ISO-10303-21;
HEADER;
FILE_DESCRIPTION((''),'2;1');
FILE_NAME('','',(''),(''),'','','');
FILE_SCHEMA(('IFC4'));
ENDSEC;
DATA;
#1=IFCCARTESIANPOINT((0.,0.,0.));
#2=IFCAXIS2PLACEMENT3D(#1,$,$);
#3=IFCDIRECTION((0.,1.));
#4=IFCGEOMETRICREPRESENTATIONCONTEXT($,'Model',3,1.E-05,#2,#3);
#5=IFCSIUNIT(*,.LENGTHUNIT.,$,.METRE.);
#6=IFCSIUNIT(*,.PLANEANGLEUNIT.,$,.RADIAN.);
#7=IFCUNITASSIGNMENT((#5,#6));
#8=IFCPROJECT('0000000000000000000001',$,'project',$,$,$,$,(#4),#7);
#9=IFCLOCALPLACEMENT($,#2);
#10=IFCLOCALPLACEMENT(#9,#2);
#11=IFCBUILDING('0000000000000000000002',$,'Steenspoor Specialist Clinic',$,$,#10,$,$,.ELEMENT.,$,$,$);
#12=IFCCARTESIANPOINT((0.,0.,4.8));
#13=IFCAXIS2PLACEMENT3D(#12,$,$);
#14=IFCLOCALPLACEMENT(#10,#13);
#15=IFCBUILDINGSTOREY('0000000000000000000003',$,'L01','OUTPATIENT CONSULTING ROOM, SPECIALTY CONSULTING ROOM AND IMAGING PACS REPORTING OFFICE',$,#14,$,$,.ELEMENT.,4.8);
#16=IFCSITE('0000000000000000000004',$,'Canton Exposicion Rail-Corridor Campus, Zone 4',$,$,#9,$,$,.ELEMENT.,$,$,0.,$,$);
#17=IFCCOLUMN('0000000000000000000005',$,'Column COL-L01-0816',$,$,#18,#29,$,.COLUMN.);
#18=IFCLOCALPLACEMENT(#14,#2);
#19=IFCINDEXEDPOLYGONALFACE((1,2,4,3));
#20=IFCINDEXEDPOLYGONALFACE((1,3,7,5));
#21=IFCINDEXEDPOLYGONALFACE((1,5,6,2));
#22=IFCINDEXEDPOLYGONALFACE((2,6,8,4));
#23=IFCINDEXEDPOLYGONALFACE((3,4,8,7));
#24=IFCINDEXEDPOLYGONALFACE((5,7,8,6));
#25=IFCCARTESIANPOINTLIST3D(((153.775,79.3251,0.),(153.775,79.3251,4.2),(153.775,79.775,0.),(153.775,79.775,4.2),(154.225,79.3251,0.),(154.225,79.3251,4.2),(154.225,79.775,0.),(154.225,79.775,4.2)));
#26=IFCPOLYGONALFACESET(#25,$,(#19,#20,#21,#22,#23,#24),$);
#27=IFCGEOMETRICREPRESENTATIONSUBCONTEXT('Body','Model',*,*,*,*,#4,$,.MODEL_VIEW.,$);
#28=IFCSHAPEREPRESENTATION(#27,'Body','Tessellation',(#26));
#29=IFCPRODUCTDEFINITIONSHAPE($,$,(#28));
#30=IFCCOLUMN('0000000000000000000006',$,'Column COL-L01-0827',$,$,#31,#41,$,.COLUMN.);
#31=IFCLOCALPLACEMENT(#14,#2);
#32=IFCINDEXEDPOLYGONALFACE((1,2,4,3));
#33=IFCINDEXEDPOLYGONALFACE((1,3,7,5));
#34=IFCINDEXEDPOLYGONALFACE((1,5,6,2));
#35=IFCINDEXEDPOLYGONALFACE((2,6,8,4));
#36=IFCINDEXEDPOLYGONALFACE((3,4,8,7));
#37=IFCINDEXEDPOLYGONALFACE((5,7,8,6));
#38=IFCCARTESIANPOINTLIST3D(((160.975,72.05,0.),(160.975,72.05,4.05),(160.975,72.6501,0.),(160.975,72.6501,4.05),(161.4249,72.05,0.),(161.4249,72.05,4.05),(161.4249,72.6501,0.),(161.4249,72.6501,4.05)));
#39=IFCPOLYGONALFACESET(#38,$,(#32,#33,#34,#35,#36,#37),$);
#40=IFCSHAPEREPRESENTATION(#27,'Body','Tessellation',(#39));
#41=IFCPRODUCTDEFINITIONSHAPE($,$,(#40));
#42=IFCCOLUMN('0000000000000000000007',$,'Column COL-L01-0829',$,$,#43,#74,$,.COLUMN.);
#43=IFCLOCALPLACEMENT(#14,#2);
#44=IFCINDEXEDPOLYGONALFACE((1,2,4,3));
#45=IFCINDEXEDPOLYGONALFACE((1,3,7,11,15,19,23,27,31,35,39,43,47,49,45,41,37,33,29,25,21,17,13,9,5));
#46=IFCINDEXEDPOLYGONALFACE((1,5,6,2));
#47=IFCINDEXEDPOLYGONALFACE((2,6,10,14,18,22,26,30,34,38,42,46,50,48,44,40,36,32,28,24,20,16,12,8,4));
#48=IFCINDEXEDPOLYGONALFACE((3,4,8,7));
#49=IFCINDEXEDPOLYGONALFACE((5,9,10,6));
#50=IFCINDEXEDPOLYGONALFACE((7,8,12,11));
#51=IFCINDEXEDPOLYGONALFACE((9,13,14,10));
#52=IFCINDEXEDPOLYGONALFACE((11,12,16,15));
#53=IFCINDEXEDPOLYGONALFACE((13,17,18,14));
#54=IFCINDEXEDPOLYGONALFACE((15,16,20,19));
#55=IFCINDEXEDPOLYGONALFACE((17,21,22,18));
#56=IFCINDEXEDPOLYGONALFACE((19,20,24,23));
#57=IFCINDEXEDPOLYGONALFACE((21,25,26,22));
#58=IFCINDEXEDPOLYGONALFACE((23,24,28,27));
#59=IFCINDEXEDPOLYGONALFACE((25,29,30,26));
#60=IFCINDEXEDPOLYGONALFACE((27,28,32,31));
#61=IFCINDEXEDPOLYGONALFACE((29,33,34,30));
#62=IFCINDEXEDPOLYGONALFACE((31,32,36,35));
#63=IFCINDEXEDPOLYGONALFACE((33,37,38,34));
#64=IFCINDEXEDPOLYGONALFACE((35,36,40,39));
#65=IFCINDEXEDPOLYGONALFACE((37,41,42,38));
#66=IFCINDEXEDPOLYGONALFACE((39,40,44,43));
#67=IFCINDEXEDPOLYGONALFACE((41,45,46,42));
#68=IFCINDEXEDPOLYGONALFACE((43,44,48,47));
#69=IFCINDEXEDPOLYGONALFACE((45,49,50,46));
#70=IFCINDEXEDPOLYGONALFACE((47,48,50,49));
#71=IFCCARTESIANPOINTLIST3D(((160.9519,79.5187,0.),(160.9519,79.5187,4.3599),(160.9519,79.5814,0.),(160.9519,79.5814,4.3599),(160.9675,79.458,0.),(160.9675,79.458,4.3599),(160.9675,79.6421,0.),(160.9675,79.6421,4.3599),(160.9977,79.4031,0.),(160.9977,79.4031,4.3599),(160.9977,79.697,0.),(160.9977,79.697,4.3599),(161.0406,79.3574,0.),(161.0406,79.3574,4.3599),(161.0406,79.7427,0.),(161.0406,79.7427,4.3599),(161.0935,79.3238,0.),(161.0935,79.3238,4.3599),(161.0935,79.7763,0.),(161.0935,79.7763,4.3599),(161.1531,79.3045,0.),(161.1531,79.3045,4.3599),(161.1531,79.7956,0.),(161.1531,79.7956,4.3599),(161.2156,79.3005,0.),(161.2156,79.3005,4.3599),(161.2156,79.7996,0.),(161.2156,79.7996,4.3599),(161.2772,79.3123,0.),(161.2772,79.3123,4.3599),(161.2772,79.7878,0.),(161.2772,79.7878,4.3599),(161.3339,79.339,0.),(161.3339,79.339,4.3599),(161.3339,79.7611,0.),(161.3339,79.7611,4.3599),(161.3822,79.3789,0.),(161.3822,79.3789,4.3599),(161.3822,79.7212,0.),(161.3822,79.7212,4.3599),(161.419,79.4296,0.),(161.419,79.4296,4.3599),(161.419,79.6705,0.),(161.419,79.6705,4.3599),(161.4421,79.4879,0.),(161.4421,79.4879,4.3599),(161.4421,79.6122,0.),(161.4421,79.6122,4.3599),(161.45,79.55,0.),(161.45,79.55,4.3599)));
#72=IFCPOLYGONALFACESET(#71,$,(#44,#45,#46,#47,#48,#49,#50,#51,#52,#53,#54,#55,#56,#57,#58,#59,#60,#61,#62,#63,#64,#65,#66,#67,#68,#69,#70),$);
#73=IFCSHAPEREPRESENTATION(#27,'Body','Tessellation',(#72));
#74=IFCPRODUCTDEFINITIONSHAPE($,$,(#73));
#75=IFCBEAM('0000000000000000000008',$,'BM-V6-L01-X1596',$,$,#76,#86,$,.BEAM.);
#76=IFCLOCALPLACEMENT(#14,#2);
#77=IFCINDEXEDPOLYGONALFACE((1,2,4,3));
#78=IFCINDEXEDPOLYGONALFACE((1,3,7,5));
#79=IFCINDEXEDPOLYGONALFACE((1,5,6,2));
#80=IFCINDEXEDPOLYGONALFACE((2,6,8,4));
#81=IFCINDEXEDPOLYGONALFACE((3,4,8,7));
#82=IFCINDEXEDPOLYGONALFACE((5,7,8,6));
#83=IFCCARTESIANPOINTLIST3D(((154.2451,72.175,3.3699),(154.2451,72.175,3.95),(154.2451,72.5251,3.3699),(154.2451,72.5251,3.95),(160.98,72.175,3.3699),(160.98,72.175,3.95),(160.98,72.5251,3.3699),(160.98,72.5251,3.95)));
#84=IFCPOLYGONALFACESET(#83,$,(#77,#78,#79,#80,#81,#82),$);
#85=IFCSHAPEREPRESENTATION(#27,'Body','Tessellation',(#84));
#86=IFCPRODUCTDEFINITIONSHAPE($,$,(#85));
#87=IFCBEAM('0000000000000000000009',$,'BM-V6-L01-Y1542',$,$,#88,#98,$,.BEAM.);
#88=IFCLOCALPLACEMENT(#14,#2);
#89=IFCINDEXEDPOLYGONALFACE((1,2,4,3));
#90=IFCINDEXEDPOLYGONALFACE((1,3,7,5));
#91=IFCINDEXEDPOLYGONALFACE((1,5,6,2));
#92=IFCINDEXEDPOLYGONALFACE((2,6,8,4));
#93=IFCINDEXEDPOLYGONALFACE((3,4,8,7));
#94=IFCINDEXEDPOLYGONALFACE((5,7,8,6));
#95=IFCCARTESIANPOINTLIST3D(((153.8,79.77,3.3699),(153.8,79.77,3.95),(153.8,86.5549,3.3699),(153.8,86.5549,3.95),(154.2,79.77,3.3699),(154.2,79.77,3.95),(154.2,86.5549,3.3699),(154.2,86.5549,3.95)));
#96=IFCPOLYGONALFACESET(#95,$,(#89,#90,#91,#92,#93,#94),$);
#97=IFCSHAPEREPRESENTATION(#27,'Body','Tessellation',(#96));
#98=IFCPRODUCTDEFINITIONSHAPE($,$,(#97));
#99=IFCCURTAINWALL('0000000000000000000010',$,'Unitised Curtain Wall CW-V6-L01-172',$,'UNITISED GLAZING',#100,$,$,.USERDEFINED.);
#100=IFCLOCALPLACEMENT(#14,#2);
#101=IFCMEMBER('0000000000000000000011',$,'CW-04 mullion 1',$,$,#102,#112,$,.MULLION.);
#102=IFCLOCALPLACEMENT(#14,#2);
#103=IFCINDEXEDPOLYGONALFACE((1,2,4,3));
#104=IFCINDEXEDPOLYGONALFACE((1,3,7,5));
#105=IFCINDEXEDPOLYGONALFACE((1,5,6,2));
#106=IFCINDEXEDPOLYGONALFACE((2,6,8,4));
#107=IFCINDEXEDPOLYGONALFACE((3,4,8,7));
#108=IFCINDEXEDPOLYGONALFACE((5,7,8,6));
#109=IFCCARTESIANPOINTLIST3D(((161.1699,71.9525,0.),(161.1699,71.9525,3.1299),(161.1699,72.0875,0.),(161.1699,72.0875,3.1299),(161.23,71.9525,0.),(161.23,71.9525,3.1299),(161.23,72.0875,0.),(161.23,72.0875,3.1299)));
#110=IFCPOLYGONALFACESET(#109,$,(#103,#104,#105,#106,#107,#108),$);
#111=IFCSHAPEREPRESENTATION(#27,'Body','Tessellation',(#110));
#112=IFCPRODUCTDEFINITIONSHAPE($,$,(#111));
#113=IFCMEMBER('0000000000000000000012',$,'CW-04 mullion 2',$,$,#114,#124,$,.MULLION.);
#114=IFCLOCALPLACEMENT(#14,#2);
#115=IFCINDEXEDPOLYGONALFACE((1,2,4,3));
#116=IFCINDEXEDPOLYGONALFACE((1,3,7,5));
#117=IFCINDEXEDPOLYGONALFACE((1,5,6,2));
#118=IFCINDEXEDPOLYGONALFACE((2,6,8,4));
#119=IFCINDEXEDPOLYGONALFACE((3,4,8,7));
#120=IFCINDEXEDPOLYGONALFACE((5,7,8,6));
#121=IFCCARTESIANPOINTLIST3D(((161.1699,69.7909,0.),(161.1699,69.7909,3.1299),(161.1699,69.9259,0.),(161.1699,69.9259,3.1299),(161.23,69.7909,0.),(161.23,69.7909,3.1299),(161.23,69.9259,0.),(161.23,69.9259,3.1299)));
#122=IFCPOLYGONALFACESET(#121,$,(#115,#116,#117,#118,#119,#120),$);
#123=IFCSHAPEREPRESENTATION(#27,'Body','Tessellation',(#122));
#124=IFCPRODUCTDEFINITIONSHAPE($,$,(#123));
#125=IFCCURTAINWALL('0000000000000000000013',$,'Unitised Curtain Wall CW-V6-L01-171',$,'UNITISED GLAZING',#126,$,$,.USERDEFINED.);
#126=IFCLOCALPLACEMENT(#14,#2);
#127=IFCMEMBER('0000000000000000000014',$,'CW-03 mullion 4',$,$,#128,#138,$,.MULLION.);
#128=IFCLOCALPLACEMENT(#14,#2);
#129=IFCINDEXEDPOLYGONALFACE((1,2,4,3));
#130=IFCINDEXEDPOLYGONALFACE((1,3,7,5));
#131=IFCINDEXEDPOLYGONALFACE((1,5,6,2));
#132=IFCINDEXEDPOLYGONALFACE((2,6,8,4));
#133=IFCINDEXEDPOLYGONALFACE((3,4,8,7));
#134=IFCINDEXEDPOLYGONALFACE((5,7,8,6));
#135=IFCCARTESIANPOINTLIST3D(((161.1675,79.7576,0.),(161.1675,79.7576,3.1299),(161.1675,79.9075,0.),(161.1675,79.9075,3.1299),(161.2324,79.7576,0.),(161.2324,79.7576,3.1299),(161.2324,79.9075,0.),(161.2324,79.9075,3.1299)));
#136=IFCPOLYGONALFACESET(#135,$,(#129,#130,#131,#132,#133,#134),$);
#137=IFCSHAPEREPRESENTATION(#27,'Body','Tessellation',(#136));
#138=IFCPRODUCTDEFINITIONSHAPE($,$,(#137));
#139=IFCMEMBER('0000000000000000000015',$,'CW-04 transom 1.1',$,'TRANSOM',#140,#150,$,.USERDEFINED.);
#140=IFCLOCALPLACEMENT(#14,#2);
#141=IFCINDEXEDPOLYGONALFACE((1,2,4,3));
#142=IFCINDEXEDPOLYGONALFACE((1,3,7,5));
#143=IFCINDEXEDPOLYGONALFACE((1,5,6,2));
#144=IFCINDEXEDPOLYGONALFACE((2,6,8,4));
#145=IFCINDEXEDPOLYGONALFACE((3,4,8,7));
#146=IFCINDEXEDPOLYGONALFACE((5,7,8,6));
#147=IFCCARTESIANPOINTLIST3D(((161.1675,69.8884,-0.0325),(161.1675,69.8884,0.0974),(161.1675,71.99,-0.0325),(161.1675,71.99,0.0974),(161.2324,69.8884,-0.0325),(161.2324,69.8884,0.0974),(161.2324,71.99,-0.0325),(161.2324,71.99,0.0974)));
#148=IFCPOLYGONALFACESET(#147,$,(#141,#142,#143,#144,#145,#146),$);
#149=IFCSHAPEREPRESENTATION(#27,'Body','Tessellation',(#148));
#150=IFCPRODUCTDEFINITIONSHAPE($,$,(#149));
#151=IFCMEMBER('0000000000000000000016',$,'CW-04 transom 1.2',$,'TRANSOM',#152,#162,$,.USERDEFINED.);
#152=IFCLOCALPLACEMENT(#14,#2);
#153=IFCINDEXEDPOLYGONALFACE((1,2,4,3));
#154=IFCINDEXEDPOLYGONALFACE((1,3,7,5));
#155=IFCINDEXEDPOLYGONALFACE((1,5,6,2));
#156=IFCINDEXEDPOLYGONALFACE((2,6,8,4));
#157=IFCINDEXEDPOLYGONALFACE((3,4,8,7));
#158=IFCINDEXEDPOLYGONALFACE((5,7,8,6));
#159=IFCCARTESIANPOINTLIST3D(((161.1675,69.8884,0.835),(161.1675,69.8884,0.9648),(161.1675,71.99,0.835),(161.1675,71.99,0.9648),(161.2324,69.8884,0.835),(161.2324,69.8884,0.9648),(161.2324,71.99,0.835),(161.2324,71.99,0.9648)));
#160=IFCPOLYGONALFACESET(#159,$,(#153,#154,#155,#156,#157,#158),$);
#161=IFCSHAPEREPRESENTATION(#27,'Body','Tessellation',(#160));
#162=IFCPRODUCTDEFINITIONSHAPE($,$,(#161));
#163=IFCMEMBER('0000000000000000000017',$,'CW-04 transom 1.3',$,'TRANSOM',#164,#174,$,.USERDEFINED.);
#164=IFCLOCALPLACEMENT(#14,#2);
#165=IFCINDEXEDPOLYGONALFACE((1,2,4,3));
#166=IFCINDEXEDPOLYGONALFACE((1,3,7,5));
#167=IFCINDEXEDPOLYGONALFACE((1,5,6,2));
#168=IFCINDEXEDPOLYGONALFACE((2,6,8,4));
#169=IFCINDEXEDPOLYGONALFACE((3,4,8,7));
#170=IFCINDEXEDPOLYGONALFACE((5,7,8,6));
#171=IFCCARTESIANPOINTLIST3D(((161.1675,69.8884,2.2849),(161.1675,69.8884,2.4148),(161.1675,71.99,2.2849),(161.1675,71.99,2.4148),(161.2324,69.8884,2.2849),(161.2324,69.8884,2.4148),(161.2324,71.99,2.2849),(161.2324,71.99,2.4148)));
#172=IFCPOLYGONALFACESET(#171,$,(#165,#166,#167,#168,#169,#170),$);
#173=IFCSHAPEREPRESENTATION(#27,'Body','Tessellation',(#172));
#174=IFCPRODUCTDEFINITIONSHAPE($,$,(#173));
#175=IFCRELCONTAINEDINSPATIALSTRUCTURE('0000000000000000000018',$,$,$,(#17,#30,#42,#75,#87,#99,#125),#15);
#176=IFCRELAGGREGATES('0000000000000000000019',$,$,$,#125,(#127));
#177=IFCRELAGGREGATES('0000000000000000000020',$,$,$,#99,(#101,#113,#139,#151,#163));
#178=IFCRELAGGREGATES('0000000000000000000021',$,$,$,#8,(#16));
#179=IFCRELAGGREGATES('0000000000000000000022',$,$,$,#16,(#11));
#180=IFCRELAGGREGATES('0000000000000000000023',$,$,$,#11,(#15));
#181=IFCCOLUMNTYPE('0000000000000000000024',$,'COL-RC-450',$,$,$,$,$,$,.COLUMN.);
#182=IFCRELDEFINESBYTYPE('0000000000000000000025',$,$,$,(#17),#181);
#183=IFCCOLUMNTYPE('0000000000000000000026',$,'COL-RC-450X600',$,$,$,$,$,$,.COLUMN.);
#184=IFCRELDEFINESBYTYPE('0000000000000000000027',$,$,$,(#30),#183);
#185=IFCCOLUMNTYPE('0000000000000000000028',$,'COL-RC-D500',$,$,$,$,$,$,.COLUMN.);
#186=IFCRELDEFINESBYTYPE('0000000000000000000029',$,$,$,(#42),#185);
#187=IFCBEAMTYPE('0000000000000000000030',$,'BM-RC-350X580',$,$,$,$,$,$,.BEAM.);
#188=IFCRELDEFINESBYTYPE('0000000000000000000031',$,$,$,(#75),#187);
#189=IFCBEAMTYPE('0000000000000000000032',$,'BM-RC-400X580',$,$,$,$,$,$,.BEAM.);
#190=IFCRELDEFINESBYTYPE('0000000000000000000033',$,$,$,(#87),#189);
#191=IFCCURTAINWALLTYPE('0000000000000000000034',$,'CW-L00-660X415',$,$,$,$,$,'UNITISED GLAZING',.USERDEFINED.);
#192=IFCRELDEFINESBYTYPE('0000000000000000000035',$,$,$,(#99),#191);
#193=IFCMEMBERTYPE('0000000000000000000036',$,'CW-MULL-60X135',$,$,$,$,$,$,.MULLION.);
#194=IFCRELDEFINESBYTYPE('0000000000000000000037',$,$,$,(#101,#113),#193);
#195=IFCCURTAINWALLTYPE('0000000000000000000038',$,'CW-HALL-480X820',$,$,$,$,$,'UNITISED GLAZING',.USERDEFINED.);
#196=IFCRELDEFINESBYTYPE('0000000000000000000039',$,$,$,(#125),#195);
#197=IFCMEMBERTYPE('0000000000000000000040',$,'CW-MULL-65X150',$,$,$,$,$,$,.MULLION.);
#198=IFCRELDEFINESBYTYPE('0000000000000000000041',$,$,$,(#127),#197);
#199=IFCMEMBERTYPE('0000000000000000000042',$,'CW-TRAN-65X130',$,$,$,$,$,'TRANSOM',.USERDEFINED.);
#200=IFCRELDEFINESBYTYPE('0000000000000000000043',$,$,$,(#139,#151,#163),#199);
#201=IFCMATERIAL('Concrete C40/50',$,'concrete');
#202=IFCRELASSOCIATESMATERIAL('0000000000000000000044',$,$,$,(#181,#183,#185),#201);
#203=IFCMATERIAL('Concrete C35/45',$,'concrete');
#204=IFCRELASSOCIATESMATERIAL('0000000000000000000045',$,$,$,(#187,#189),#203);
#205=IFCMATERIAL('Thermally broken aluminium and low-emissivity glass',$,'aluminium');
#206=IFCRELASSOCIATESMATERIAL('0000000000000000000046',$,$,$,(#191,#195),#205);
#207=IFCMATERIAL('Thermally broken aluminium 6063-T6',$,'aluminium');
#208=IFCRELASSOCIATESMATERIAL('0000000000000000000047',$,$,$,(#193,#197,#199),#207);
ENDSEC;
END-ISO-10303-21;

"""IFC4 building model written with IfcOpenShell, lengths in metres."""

from ifc_helpers import new_model, si_unit, direction, frame, origin, origin_2d, place, context, subcontext, project, spatial, rectangle, circle, extrude, material, material_profile, profile_set, type_object, element, aggregate, save


model = new_model("IFC4")

# Units and contexts
model_context = context("Model", 3, precision=1e-05, world=origin(), true_north=direction((0.0, 1.0)))
body_context = subcontext(model_context, "Body", "Model", "MODEL_VIEW")
ifc_project = project(units=[si_unit("LENGTHUNIT", "METRE"), si_unit("PLANEANGLEUNIT", "RADIAN")], contexts=[model_context])

# Site, building, storey
site_placement = place(None, origin())
site = spatial("IfcSite", under=ifc_project, at=site_placement, Name="Canton Exposicion Rail-Corridor Campus, Zone 4", CompositionType="ELEMENT", RefElevation=0.0)
building_placement = place(site_placement, origin())
building = spatial("IfcBuilding", under=site, at=building_placement, Name="Steenspoor Specialist Clinic", CompositionType="ELEMENT")
storey_placement = place(building_placement, frame((0.0, 0.0, 4.8)))
storey = spatial("IfcBuildingStorey", under=building, at=storey_placement, Name="L01", Description="OUTPATIENT CONSULTING ROOM, SPECIALTY CONSULTING ROOM AND IMAGING PACS REPORTING OFFICE", CompositionType="ELEMENT", Elevation=4.8)

# Columns
ifc_material_1 = material(Name="Concrete C40/50", Category="concrete")
ifc_material_profile_1 = material_profile(ifc_material_1, rectangle(XDim=0.45, YDim=0.45, at=origin_2d()), Name="RC-COL-450X450")
ifc_profile_set_1 = profile_set([ifc_material_profile_1], Name="Concrete C40/50")
column_type_1 = type_object("IfcColumnType", Name="COL-RC-450", PredefinedType="COLUMN", material=ifc_profile_set_1)
column_1_placement = place(storey_placement, frame((154.0, 79.55, 0.0), z_axis=(0.0, 0.0, 1.0), x_axis=(1.0, 0.0, 0.0)))
element("IfcColumn", 1, at=column_1_placement, inside=storey, type_object=column_type_1, Name="Column COL-L01-0816", PredefinedType="COLUMN", context=body_context, shape_type="SweptSolid", body=[
    extrude(rectangle(XDim=0.45, YDim=0.45, at=origin_2d()), origin(), (0.0, 0.0, 1.0), 4.2),
])
ifc_material_profile_2 = material_profile(ifc_material_1, rectangle(XDim=0.45, YDim=0.6001, at=origin_2d()), Name="RC-COL-450X600")
ifc_profile_set_2 = profile_set([ifc_material_profile_2], Name="Concrete C40/50")
column_type_2 = type_object("IfcColumnType", Name="COL-RC-450X600", PredefinedType="COLUMN", material=ifc_profile_set_2)
column_2_placement = place(storey_placement, frame((161.2, 72.3501, 0.0), z_axis=(0.0, 0.0, 1.0), x_axis=(1.0, 0.0, 0.0)))
element("IfcColumn", 2, at=column_2_placement, inside=storey, type_object=column_type_2, Name="Column COL-L01-0827", PredefinedType="COLUMN", context=body_context, shape_type="SweptSolid", body=[
    extrude(rectangle(XDim=0.45, YDim=0.6001, at=origin_2d()), origin(), (0.0, 0.0, 1.0), 4.05),
])
ifc_material_profile_3 = material_profile(ifc_material_1, circle(Radius=0.25, at=origin_2d()), Name="RC-COL-D500")
ifc_profile_set_3 = profile_set([ifc_material_profile_3], Name="Concrete C40/50")
column_type_3 = type_object("IfcColumnType", Name="COL-RC-D500", PredefinedType="COLUMN", material=ifc_profile_set_3)
column_3_placement = place(storey_placement, frame((161.2, 79.55, 0.0), z_axis=(0.0, 0.0, 1.0), x_axis=(1.0, 0.0, 0.0)))
element("IfcColumn", 3, at=column_3_placement, inside=storey, type_object=column_type_3, Name="Column COL-L01-0829", PredefinedType="COLUMN", context=body_context, shape_type="SweptSolid", body=[
    extrude(circle(Radius=0.25, at=origin_2d()), origin(), (0.0, 0.0, 1.0), 4.3599),
])

# Beams
ifc_material_2 = material(Name="Concrete C35/45", Category="concrete")
ifc_material_profile_4 = material_profile(ifc_material_2, rectangle(XDim=0.3501, YDim=0.5801, at=origin_2d()), Name="RC-BM-350X580")
ifc_profile_set_4 = profile_set([ifc_material_profile_4], Name="Concrete C35/45")
beam_type_1 = type_object("IfcBeamType", Name="BM-RC-350X580", PredefinedType="BEAM", material=ifc_profile_set_4)
beam_1_placement = place(storey_placement, frame((154.2451, 72.3501, 3.6599), z_axis=(1.0, 0.0, 0.0), x_axis=(0.0, 1.0, 0.0)))
element("IfcBeam", 4, at=beam_1_placement, inside=storey, type_object=beam_type_1, Name="BM-V6-L01-X1596", PredefinedType="BEAM", context=body_context, shape_type="SweptSolid", body=[
    extrude(rectangle(XDim=0.3501, YDim=0.5801, at=origin_2d()), origin(), (0.0, 0.0, 1.0), 6.7349),
])
ifc_material_profile_5 = material_profile(ifc_material_2, rectangle(XDim=0.3999, YDim=0.5801, at=origin_2d()), Name="RC-BM-400X580")
ifc_profile_set_5 = profile_set([ifc_material_profile_5], Name="Concrete C35/45")
beam_type_2 = type_object("IfcBeamType", Name="BM-RC-400X580", PredefinedType="BEAM", material=ifc_profile_set_5)
beam_2_placement = place(storey_placement, frame((154.0, 79.77, 3.6599), z_axis=(0.0, 1.0, 0.0), x_axis=(-1.0, 0.0, 0.0)))
element("IfcBeam", 5, at=beam_2_placement, inside=storey, type_object=beam_type_2, Name="BM-V6-L01-Y1542", PredefinedType="BEAM", context=body_context, shape_type="SweptSolid", body=[
    extrude(rectangle(XDim=0.3999, YDim=0.5801, at=origin_2d()), origin(), (0.0, 0.0, 1.0), 6.7849),
])

# Curtain wall, members
ifc_material_3 = material(Name="Thermally broken aluminium and low-emissivity glass", Category="aluminium")
curtain_wall_type_1 = type_object("IfcCurtainWallType", Name="CW-L00-660X415", ElementType="UNITISED GLAZING", PredefinedType="USERDEFINED", material=ifc_material_3)
curtain_wall_1_placement = place(storey_placement, origin())
curtain_wall_1 = element("IfcCurtainWall", 6, at=curtain_wall_1_placement, inside=storey, type_object=curtain_wall_type_1, Name="Unitised Curtain Wall CW-V6-L01-172", ObjectType="UNITISED GLAZING", PredefinedType="USERDEFINED")
ifc_material_4 = material(Name="Thermally broken aluminium 6063-T6", Category="aluminium")
ifc_material_profile_6 = material_profile(ifc_material_4, rectangle(XDim=0.0601, YDim=0.135, at=origin_2d()), Name="CWM-60X135")
ifc_profile_set_6 = profile_set([ifc_material_profile_6], Name="Thermally broken aluminium 6063-T6")
member_type_1 = type_object("IfcMemberType", Name="CW-MULL-60X135", PredefinedType="MULLION", material=ifc_profile_set_6)
member_1_placement = place(storey_placement, frame((161.2, 72.02, 0.0), z_axis=(0.0, 0.0, 1.0), x_axis=(1.0, 0.0, 0.0)))
member_1 = element("IfcMember", 7, at=member_1_placement, type_object=member_type_1, Name="CW-04 mullion 1", PredefinedType="MULLION", context=body_context, shape_type="SweptSolid", body=[
    extrude(rectangle(XDim=0.0601, YDim=0.135, at=origin_2d()), origin(), (0.0, 0.0, 1.0), 3.1299),
])
member_2_placement = place(storey_placement, frame((161.2, 69.8584, 0.0), z_axis=(0.0, 0.0, 1.0), x_axis=(1.0, 0.0, 0.0)))
member_2 = element("IfcMember", 8, at=member_2_placement, type_object=member_type_1, Name="CW-04 mullion 2", PredefinedType="MULLION", context=body_context, shape_type="SweptSolid", body=[
    extrude(rectangle(XDim=0.0601, YDim=0.135, at=origin_2d()), origin(), (0.0, 0.0, 1.0), 3.1299),
])

# Curtain wall, member
curtain_wall_type_2 = type_object("IfcCurtainWallType", Name="CW-HALL-480X820", ElementType="UNITISED GLAZING", PredefinedType="USERDEFINED", material=ifc_material_3)
curtain_wall_2_placement = place(storey_placement, origin())
curtain_wall_2 = element("IfcCurtainWall", 9, at=curtain_wall_2_placement, inside=storey, type_object=curtain_wall_type_2, Name="Unitised Curtain Wall CW-V6-L01-171", ObjectType="UNITISED GLAZING", PredefinedType="USERDEFINED")
ifc_material_profile_7 = material_profile(ifc_material_4, rectangle(XDim=0.0649, YDim=0.1499, at=origin_2d()), Name="CWM-65X150")
ifc_profile_set_7 = profile_set([ifc_material_profile_7], Name="Thermally broken aluminium 6063-T6")
member_type_2 = type_object("IfcMemberType", Name="CW-MULL-65X150", PredefinedType="MULLION", material=ifc_profile_set_7)
member_3_placement = place(storey_placement, frame((161.2, 79.8325, 0.0), z_axis=(0.0, 0.0, 1.0), x_axis=(1.0, 0.0, 0.0)))
member_3 = element("IfcMember", 10, at=member_3_placement, type_object=member_type_2, Name="CW-03 mullion 4", PredefinedType="MULLION", context=body_context, shape_type="SweptSolid", body=[
    extrude(rectangle(XDim=0.0649, YDim=0.1499, at=origin_2d()), origin(), (0.0, 0.0, 1.0), 3.1299),
])

# Members
ifc_material_profile_8 = material_profile(ifc_material_4, rectangle(XDim=0.0649, YDim=0.1299, at=origin_2d()), Name="CWT-65X130")
ifc_profile_set_8 = profile_set([ifc_material_profile_8], Name="Thermally broken aluminium 6063-T6")
member_type_3 = type_object("IfcMemberType", Name="CW-TRAN-65X130", ElementType="TRANSOM", PredefinedType="USERDEFINED", material=ifc_profile_set_8)
member_4_placement = place(storey_placement, frame((161.2, 71.99, 0.0325), z_axis=(0.0, -1.0, 0.0), x_axis=(1.0, 0.0, 0.0)))
member_4 = element("IfcMember", 11, at=member_4_placement, type_object=member_type_3, Name="CW-04 transom 1.1", ObjectType="TRANSOM", PredefinedType="USERDEFINED", context=body_context, shape_type="SweptSolid", body=[
    extrude(rectangle(XDim=0.0649, YDim=0.1299, at=origin_2d()), origin(), (0.0, 0.0, 1.0), 2.1016),
])
member_5_placement = place(storey_placement, frame((161.2, 71.99, 0.8999), z_axis=(0.0, -1.0, 0.0), x_axis=(1.0, 0.0, 0.0)))
member_5 = element("IfcMember", 12, at=member_5_placement, type_object=member_type_3, Name="CW-04 transom 1.2", ObjectType="TRANSOM", PredefinedType="USERDEFINED", context=body_context, shape_type="SweptSolid", body=[
    extrude(rectangle(XDim=0.0649, YDim=0.1299, at=origin_2d()), origin(), (0.0, 0.0, 1.0), 2.1016),
])
member_6_placement = place(storey_placement, frame((161.2, 71.99, 2.3499), z_axis=(0.0, -1.0, 0.0), x_axis=(1.0, 0.0, 0.0)))
member_6 = element("IfcMember", 13, at=member_6_placement, type_object=member_type_3, Name="CW-04 transom 1.3", ObjectType="TRANSOM", PredefinedType="USERDEFINED", context=body_context, shape_type="SweptSolid", body=[
    extrude(rectangle(XDim=0.0649, YDim=0.1299, at=origin_2d()), origin(), (0.0, 0.0, 1.0), 2.1016),
])

aggregate(curtain_wall_2, [member_3])
aggregate(curtain_wall_1, [member_1, member_2, member_4, member_5, member_6])

save(model, "model.ifc")
